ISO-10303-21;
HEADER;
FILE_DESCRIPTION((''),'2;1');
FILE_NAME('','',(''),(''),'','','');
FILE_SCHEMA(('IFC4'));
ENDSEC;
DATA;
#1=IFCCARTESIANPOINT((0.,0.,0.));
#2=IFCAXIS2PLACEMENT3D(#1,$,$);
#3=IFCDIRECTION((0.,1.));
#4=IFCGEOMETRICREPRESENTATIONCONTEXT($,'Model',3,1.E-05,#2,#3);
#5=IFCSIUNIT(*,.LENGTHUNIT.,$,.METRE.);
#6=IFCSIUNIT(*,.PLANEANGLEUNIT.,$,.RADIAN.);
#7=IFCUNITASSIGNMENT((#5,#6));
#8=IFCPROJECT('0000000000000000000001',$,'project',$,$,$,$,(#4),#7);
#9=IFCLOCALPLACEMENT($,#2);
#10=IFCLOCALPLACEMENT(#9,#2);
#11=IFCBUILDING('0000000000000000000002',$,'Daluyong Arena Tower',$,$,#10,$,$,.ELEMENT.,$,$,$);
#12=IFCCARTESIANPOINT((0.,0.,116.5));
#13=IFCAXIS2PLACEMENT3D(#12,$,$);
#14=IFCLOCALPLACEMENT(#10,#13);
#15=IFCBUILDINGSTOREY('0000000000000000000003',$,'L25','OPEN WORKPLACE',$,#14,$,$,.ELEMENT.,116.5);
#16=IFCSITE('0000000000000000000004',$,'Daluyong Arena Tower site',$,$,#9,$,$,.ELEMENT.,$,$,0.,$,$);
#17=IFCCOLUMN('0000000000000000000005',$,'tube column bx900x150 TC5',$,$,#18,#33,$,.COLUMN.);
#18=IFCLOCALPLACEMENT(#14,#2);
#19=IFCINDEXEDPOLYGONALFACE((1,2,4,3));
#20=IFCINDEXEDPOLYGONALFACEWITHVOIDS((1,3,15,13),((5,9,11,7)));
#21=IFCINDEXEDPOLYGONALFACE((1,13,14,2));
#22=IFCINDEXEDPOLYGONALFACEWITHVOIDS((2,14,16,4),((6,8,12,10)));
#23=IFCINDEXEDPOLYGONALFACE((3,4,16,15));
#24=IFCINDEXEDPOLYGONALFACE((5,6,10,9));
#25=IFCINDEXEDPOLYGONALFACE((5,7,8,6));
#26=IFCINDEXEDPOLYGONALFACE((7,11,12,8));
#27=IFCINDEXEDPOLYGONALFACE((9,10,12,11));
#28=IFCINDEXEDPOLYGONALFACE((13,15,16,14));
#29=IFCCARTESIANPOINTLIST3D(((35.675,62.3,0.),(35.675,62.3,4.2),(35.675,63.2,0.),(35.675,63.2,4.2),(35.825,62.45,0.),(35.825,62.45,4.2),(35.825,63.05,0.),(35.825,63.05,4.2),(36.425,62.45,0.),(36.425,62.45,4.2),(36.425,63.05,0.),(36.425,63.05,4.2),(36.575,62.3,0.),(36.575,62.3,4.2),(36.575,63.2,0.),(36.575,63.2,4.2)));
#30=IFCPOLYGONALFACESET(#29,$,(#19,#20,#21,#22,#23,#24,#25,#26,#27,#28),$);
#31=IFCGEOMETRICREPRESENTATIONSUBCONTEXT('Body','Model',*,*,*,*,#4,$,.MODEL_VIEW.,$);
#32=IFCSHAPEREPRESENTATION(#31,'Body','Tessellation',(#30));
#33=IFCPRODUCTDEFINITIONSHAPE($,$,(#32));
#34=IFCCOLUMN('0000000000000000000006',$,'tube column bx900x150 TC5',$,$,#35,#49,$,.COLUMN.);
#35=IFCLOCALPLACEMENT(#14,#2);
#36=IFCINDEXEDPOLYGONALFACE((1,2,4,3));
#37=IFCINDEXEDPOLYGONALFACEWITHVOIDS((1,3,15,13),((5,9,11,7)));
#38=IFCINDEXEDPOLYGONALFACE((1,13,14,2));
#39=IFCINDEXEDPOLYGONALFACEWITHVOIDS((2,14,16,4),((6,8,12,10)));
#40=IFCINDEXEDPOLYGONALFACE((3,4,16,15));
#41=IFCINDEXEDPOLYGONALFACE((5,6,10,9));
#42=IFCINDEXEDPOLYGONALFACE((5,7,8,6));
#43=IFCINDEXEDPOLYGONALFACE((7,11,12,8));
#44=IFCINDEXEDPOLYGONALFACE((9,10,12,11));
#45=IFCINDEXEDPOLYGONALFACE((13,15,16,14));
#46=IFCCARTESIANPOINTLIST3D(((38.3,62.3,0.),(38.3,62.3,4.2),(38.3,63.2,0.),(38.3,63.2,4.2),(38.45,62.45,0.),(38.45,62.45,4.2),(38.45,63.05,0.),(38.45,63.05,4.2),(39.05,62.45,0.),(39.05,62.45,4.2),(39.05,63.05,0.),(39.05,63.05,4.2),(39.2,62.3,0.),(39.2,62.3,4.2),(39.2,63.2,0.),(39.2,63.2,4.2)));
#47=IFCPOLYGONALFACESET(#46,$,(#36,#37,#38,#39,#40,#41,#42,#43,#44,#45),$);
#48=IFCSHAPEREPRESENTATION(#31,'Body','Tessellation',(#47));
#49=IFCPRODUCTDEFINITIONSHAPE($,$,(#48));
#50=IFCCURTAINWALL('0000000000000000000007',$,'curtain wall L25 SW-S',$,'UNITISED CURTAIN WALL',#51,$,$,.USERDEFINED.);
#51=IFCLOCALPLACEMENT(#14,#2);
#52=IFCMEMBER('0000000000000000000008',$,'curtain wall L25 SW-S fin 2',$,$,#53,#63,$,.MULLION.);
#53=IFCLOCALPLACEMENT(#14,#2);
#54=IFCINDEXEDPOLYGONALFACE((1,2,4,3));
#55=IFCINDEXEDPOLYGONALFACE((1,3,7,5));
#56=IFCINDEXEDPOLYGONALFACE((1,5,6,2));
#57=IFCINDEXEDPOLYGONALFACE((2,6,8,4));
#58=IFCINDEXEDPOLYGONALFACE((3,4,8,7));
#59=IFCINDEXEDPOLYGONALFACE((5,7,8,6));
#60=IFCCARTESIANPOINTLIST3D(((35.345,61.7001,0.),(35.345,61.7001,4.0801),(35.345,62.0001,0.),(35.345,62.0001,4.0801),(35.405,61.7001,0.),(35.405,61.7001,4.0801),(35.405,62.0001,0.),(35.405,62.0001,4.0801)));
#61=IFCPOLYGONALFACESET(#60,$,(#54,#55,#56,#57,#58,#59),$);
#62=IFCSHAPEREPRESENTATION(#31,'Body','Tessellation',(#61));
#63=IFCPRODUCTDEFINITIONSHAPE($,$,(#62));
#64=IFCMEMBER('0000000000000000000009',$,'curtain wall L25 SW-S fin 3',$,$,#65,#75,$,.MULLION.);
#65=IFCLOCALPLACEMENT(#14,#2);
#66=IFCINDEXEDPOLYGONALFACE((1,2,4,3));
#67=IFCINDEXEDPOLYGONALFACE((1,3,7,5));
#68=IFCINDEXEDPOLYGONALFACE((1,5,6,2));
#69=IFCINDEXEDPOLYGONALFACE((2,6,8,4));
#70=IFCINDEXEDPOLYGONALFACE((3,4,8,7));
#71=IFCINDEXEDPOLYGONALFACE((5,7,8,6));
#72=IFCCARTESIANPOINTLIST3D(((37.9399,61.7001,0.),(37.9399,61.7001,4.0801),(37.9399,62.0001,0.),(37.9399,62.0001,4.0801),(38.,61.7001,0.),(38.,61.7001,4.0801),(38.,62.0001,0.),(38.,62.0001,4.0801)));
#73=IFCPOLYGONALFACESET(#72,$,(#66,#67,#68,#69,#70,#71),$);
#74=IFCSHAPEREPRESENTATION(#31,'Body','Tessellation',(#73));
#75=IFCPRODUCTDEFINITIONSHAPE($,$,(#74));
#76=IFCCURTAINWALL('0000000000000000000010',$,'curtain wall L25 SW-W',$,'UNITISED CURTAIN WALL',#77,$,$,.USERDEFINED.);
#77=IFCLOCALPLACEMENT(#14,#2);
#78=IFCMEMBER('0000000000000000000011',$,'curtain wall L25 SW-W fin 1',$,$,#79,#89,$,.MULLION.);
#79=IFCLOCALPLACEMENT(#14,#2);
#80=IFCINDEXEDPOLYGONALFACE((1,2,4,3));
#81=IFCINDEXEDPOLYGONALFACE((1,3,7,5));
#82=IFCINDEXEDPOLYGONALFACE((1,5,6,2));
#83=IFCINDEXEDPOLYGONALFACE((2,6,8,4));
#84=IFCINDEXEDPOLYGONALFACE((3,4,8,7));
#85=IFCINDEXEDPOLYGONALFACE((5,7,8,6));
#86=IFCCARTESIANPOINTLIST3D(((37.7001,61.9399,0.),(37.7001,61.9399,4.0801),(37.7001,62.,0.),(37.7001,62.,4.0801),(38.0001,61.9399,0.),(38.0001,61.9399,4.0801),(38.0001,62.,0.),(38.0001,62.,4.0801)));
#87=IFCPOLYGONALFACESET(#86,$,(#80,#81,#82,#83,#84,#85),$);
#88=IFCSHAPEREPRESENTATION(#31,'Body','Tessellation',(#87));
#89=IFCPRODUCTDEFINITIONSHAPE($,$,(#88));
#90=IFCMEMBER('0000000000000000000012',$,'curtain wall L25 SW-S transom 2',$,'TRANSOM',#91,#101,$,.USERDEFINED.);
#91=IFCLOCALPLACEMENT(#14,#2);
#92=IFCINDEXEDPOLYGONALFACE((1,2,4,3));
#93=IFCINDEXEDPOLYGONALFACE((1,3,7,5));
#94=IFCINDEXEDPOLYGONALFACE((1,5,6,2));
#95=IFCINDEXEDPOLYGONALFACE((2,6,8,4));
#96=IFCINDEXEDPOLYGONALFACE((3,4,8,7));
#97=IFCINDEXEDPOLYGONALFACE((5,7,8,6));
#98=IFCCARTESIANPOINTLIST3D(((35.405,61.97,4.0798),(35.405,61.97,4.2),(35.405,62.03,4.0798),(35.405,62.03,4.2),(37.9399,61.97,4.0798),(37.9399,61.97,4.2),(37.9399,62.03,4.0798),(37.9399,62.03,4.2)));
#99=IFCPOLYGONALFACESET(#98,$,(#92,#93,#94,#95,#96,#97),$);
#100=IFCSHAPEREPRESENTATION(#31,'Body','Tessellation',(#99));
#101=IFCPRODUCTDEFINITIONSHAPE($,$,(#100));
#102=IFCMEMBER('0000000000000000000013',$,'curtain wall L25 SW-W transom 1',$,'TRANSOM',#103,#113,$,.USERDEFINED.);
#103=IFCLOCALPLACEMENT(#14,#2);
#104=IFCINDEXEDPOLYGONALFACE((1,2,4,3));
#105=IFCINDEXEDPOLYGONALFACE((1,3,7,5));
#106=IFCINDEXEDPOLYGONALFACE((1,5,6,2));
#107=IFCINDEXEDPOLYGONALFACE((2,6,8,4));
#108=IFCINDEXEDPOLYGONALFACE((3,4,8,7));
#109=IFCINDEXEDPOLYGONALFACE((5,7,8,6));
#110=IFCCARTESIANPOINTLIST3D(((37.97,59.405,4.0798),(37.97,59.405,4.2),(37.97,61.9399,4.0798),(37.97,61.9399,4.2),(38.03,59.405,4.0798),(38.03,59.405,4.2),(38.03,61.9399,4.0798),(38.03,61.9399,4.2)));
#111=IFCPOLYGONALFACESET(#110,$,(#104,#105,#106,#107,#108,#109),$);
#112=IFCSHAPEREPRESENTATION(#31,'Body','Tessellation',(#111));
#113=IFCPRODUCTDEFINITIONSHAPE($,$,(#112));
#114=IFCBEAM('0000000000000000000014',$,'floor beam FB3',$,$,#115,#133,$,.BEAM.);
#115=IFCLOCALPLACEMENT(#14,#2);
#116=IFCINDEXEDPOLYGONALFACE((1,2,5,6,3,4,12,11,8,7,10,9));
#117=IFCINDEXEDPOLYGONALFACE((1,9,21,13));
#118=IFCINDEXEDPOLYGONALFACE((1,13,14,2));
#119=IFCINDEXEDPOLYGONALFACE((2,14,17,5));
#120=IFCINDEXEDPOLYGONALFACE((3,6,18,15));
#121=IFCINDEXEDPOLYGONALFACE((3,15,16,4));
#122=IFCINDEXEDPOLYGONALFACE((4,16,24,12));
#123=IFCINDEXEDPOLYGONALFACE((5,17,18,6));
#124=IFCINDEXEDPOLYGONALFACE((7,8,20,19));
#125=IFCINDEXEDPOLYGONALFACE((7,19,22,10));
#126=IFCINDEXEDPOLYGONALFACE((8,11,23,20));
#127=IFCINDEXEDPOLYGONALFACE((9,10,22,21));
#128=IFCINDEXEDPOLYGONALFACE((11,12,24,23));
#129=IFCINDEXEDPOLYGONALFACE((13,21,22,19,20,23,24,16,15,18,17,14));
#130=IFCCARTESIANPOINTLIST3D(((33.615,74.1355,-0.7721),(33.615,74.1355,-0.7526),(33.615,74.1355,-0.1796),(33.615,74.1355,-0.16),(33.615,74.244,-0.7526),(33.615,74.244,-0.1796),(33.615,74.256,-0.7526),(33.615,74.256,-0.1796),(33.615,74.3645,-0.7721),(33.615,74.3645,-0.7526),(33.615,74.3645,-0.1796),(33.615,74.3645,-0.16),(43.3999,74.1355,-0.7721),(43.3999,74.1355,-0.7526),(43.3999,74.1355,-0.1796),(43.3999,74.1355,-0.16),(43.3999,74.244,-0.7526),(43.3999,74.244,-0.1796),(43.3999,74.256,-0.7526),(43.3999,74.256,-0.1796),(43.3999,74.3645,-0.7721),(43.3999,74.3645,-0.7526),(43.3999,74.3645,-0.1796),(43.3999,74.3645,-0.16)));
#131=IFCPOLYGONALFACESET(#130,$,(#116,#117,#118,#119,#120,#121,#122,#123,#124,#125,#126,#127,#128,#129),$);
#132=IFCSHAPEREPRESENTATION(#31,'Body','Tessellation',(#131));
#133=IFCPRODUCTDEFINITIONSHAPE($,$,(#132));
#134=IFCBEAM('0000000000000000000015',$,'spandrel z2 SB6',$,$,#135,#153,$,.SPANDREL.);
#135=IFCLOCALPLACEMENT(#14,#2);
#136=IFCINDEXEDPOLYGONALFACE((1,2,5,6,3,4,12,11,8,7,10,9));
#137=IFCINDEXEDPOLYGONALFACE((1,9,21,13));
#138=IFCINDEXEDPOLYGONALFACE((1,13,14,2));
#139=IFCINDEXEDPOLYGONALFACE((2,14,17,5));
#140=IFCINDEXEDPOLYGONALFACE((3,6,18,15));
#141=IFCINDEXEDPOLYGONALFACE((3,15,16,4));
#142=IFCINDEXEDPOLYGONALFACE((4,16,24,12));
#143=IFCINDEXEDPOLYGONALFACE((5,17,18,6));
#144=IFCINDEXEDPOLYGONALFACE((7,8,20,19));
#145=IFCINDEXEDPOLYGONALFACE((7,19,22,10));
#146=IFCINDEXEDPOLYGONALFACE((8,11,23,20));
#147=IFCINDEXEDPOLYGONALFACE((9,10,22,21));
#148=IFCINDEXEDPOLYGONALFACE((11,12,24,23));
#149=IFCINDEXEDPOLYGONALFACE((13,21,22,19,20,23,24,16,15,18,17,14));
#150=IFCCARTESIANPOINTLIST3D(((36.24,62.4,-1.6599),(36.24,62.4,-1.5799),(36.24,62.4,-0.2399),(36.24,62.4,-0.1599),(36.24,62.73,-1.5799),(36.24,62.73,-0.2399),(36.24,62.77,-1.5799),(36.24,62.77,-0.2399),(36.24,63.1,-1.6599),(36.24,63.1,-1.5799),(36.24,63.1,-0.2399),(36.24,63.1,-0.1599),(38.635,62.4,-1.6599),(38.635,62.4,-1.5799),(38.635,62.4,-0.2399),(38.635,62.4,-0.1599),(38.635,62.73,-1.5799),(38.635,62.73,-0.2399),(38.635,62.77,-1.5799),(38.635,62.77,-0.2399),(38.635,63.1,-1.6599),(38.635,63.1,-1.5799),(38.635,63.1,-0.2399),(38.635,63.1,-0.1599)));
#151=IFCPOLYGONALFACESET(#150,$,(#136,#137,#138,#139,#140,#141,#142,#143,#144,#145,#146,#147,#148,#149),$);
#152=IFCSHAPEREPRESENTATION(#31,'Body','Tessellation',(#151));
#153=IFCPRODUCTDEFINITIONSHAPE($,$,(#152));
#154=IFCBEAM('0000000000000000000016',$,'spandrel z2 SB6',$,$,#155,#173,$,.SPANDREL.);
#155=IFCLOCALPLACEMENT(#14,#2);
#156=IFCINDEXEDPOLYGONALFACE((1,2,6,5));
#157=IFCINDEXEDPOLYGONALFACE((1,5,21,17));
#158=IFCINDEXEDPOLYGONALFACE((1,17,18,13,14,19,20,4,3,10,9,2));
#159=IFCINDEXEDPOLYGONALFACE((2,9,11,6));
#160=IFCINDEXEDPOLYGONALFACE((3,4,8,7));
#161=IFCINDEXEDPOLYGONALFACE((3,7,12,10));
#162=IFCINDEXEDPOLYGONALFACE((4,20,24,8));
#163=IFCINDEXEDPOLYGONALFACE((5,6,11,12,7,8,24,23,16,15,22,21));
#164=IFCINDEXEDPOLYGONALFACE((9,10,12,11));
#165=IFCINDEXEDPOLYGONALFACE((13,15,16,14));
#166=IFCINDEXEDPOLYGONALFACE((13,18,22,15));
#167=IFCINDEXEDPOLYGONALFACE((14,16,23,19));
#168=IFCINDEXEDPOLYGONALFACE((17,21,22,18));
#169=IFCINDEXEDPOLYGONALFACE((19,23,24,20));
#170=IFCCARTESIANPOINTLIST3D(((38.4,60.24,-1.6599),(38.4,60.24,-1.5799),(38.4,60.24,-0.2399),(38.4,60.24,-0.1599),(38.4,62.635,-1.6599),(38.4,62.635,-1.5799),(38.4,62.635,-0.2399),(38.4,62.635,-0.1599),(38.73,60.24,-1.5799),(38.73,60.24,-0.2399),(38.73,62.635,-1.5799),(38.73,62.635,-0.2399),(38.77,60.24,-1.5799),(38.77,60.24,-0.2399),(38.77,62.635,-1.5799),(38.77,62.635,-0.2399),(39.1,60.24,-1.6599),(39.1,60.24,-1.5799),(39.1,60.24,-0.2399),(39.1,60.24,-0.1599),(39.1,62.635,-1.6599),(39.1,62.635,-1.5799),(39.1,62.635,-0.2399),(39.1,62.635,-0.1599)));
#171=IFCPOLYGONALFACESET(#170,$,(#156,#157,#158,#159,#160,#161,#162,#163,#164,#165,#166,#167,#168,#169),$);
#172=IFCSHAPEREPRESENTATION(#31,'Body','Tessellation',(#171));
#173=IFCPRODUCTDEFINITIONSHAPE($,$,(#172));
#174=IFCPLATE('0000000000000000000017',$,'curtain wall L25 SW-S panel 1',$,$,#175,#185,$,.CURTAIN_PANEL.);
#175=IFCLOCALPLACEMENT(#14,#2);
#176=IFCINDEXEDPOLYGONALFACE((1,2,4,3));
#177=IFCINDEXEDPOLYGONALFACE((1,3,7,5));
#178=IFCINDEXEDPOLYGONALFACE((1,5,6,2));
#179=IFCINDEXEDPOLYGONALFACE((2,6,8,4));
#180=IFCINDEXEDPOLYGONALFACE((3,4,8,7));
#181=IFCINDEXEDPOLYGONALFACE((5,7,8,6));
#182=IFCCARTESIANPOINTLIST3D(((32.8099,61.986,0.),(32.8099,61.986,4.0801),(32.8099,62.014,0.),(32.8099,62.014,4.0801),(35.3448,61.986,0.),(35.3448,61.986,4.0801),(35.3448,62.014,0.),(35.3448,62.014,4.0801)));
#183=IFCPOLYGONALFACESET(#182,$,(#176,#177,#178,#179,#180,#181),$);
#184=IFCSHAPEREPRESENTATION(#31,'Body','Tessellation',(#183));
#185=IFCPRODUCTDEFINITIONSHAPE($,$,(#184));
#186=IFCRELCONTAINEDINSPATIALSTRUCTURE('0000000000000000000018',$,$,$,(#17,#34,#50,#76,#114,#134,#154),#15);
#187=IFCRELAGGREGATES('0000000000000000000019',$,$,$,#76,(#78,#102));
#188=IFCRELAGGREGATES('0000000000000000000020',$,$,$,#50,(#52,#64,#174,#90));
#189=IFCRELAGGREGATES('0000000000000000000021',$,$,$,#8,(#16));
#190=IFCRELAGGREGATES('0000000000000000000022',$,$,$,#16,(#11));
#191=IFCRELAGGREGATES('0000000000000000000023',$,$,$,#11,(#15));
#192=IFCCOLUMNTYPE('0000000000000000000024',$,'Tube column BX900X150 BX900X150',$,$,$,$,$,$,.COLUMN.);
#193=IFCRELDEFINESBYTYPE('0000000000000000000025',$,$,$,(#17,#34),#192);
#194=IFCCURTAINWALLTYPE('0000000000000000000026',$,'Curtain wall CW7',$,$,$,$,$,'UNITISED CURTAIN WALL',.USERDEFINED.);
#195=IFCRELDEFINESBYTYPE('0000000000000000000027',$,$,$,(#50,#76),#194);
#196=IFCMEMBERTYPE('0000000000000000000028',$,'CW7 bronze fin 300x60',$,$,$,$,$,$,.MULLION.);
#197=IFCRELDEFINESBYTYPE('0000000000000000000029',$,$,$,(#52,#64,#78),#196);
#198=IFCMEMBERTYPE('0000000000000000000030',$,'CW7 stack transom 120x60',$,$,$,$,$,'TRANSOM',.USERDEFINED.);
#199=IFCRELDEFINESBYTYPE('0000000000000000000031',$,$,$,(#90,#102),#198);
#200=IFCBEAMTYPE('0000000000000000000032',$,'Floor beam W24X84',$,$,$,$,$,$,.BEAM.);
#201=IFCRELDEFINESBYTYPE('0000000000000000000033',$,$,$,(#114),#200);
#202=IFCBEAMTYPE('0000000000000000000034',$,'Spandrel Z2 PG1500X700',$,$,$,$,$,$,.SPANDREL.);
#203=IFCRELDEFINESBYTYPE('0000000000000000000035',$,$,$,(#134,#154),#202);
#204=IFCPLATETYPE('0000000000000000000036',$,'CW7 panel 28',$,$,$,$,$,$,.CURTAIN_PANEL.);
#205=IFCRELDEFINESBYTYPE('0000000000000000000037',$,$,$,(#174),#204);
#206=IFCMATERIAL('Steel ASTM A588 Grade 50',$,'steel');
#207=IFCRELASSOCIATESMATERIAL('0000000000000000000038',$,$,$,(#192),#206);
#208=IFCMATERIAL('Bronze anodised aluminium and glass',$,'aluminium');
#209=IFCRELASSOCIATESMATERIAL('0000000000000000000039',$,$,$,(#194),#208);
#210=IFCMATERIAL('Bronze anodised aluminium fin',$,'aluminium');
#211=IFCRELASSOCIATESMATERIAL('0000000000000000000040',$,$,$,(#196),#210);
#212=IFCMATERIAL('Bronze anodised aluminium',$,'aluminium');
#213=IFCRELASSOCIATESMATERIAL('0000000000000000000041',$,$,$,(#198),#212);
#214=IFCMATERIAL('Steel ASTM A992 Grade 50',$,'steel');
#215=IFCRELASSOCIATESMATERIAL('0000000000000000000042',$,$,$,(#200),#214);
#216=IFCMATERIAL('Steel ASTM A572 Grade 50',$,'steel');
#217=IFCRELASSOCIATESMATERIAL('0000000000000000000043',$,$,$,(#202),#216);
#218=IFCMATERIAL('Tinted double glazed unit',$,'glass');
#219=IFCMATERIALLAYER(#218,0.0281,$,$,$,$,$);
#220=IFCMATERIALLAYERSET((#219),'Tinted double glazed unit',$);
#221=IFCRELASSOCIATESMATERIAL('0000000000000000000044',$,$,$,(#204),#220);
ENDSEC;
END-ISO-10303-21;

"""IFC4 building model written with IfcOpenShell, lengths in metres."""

from ifc_helpers import new_model, si_unit, direction, frame, origin, origin_2d, place, context, subcontext, project, spatial, rectangle, hollow_rectangle, i_section, extrude, material, layer, layer_set, material_profile, profile_set, type_object, element, aggregate, save


model = new_model("IFC4")

# Units and contexts
model_context = context("Model", 3, precision=1e-05, world=origin(), true_north=direction((0.0, 1.0)))
body_context = subcontext(model_context, "Body", "Model", "MODEL_VIEW")
ifc_project = project(units=[si_unit("LENGTHUNIT", "METRE"), si_unit("PLANEANGLEUNIT", "RADIAN")], contexts=[model_context])

# Site, building, storey
site_placement = place(None, origin())
site = spatial("IfcSite", under=ifc_project, at=site_placement, Name="Daluyong Arena Tower site", CompositionType="ELEMENT", RefElevation=0.0)
building_placement = place(site_placement, origin())
building = spatial("IfcBuilding", under=site, at=building_placement, Name="Daluyong Arena Tower", CompositionType="ELEMENT")
storey_placement = place(building_placement, frame((0.0, 0.0, 116.5)))
storey = spatial("IfcBuildingStorey", under=building, at=storey_placement, Name="L25", Description="OPEN WORKPLACE", CompositionType="ELEMENT", Elevation=116.5)

# Columns
ifc_material_1 = material(Name="Steel ASTM A588 Grade 50", Category="steel")
ifc_material_profile_1 = material_profile(ifc_material_1, hollow_rectangle(XDim=0.8999, YDim=0.8999, WallThickness=0.15, at=origin_2d()))
ifc_profile_set_1 = profile_set([ifc_material_profile_1], Name="Steel ASTM A588 Grade 50")
column_type = type_object("IfcColumnType", Name="Tube column BX900X150 BX900X150", PredefinedType="COLUMN", material=ifc_profile_set_1)
for number, where, z_axis, x_axis, name in (
    (1, (36.125, 62.75, 0.0), (0.0, 0.0, 1.0), (1.0, 0.0, 0.0), "tube column bx900x150 TC5"),
    (2, (38.75, 62.75, 0.0), (0.0, 0.0, 1.0), (0.0, 1.0, 0.0), "tube column bx900x150 TC5"),
):
    element("IfcColumn", number, at=place(storey_placement, frame(where, z_axis=z_axis, x_axis=x_axis)), inside=storey, type_object=column_type, Name=name, PredefinedType="COLUMN", context=body_context, shape_type="SweptSolid", body=[
        extrude(hollow_rectangle(XDim=0.8999, YDim=0.8999, WallThickness=0.15, at=origin_2d()), origin(), (0.0, 0.0, 1.0), 4.2),
    ])

# Curtain wall, members
ifc_material_2 = material(Name="Bronze anodised aluminium and glass", Category="aluminium")
curtain_wall_type = type_object("IfcCurtainWallType", Name="Curtain wall CW7", ElementType="UNITISED CURTAIN WALL", PredefinedType="USERDEFINED", material=ifc_material_2)
curtain_wall_1_placement = place(storey_placement, origin())
curtain_wall_1 = element("IfcCurtainWall", 3, at=curtain_wall_1_placement, inside=storey, type_object=curtain_wall_type, Name="curtain wall L25 SW-S", ObjectType="UNITISED CURTAIN WALL", PredefinedType="USERDEFINED")
ifc_material_3 = material(Name="Bronze anodised aluminium fin", Category="aluminium")
ifc_material_profile_2 = material_profile(ifc_material_3, rectangle(XDim=0.3, YDim=0.0601, at=origin_2d()))
ifc_profile_set_2 = profile_set([ifc_material_profile_2], Name="Bronze anodised aluminium fin")
member_type_1 = type_object("IfcMemberType", Name="CW7 bronze fin 300x60", PredefinedType="MULLION", material=ifc_profile_set_2)
member_1_placement = place(storey_placement, frame((35.375, 61.8501, 0.0), z_axis=(0.0, 0.0, 1.0), x_axis=(0.0, 1.0, 0.0)))
member_1 = element("IfcMember", 4, at=member_1_placement, type_object=member_type_1, Name="curtain wall L25 SW-S fin 2", PredefinedType="MULLION", context=body_context, shape_type="SweptSolid", body=[
    extrude(rectangle(XDim=0.3, YDim=0.0601, at=origin_2d()), origin(), (0.0, 0.0, 1.0), 4.0801),
])
member_2_placement = place(storey_placement, frame((37.97, 61.8501, 0.0), z_axis=(0.0, 0.0, 1.0), x_axis=(0.0, 1.0, 0.0)))
member_2 = element("IfcMember", 5, at=member_2_placement, type_object=member_type_1, Name="curtain wall L25 SW-S fin 3", PredefinedType="MULLION", context=body_context, shape_type="SweptSolid", body=[
    extrude(rectangle(XDim=0.3, YDim=0.0601, at=origin_2d()), origin(), (0.0, 0.0, 1.0), 4.0801),
])

# Curtain wall, member
curtain_wall_2_placement = place(storey_placement, origin())
curtain_wall_2 = element("IfcCurtainWall", 6, at=curtain_wall_2_placement, inside=storey, type_object=curtain_wall_type, Name="curtain wall L25 SW-W", ObjectType="UNITISED CURTAIN WALL", PredefinedType="USERDEFINED")
member_3_placement = place(storey_placement, frame((37.8501, 61.97, 0.0), z_axis=(0.0, 0.0, 1.0), x_axis=(1.0, 0.0, 0.0)))
member_3 = element("IfcMember", 7, at=member_3_placement, type_object=member_type_1, Name="curtain wall L25 SW-W fin 1", PredefinedType="MULLION", context=body_context, shape_type="SweptSolid", body=[
    extrude(rectangle(XDim=0.3, YDim=0.0601, at=origin_2d()), origin(), (0.0, 0.0, 1.0), 4.0801),
])

# Members
ifc_material_4 = material(Name="Bronze anodised aluminium", Category="aluminium")
ifc_material_profile_3 = material_profile(ifc_material_4, rectangle(XDim=0.0601, YDim=0.1201, at=origin_2d()))
ifc_profile_set_3 = profile_set([ifc_material_profile_3], Name="Bronze anodised aluminium")
member_type_2 = type_object("IfcMemberType", Name="CW7 stack transom 120x60", ElementType="TRANSOM", PredefinedType="USERDEFINED", material=ifc_profile_set_3)
member_4_placement = place(storey_placement, frame((35.405, 62.0, 4.1399), z_axis=(1.0, 0.0, 0.0), x_axis=(0.0, 1.0, 0.0)))
member_4 = element("IfcMember", 8, at=member_4_placement, type_object=member_type_2, Name="curtain wall L25 SW-S transom 2", ObjectType="TRANSOM", PredefinedType="USERDEFINED", context=body_context, shape_type="SweptSolid", body=[
    extrude(rectangle(XDim=0.0601, YDim=0.1201, at=origin_2d()), origin(), (0.0, 0.0, 1.0), 2.5349),
])
member_5_placement = place(storey_placement, frame((38.0, 61.9399, 4.1399), z_axis=(0.0, -1.0, 0.0), x_axis=(1.0, 0.0, 0.0)))
member_5 = element("IfcMember", 9, at=member_5_placement, type_object=member_type_2, Name="curtain wall L25 SW-W transom 1", ObjectType="TRANSOM", PredefinedType="USERDEFINED", context=body_context, shape_type="SweptSolid", body=[
    extrude(rectangle(XDim=0.0601, YDim=0.1201, at=origin_2d()), origin(), (0.0, 0.0, 1.0), 2.5349),
])
aggregate(curtain_wall_2, [member_3, member_5])

# Beams
ifc_material_5 = material(Name="Steel ASTM A992 Grade 50", Category="steel")
ifc_material_profile_4 = material_profile(ifc_material_5, i_section(OverallWidth=0.229, OverallDepth=0.6121, WebThickness=0.012, FlangeThickness=0.0195, at=origin_2d()))
ifc_profile_set_4 = profile_set([ifc_material_profile_4], Name="Steel ASTM A992 Grade 50")
beam_type_1 = type_object("IfcBeamType", Name="Floor beam W24X84", PredefinedType="BEAM", material=ifc_profile_set_4)
beam_placement = place(storey_placement, frame((33.615, 74.25, -0.4661), z_axis=(1.0, 0.0, 0.0), x_axis=(0.0, 1.0, 0.0)))
element("IfcBeam", 10, at=beam_placement, inside=storey, type_object=beam_type_1, Name="floor beam FB3", PredefinedType="BEAM", context=body_context, shape_type="SweptSolid", body=[
    extrude(i_section(OverallWidth=0.229, OverallDepth=0.6121, WebThickness=0.012, FlangeThickness=0.0195, at=origin_2d()), origin(), (0.0, 0.0, 1.0), 9.7849),
])
ifc_material_6 = material(Name="Steel ASTM A572 Grade 50", Category="steel")
ifc_material_profile_5 = material_profile(ifc_material_6, i_section(OverallWidth=0.7, OverallDepth=1.5, WebThickness=0.04, FlangeThickness=0.08, at=origin_2d()))
ifc_profile_set_5 = profile_set([ifc_material_profile_5], Name="Steel ASTM A572 Grade 50")
beam_type_2 = type_object("IfcBeamType", Name="Spandrel Z2 PG1500X700", PredefinedType="SPANDREL", material=ifc_profile_set_5)
for number, where, z_axis, x_axis, name in (
    (11, (36.24, 62.75, -0.9099), (1.0, 0.0, 0.0), (0.0, 1.0, 0.0), "spandrel z2 SB6"),
    (12, (38.75, 62.635, -0.9099), (0.0, -1.0, 0.0), (1.0, 0.0, 0.0), "spandrel z2 SB6"),
):
    element("IfcBeam", number, at=place(storey_placement, frame(where, z_axis=z_axis, x_axis=x_axis)), inside=storey, type_object=beam_type_2, Name=name, PredefinedType="SPANDREL", context=body_context, shape_type="SweptSolid", body=[
        extrude(i_section(OverallWidth=0.7, OverallDepth=1.5, WebThickness=0.04, FlangeThickness=0.08, at=origin_2d()), origin(), (0.0, 0.0, 1.0), 2.395),
    ])

# Plate
ifc_material_7 = material(Name="Tinted double glazed unit", Category="glass")
ifc_layer_1 = layer(ifc_material_7, 0.0281)
ifc_layer_set_1 = layer_set([ifc_layer_1], Name="Tinted double glazed unit")
plate_type = type_object("IfcPlateType", Name="CW7 panel 28", PredefinedType="CURTAIN_PANEL", material=ifc_layer_set_1)
plate_1_placement = place(storey_placement, frame((34.0774, 62.0, 0.0), z_axis=(0.0, 0.0, 1.0), x_axis=(1.0, 0.0, 0.0)))
plate_1 = element("IfcPlate", 13, at=plate_1_placement, type_object=plate_type, Name="curtain wall L25 SW-S panel 1", PredefinedType="CURTAIN_PANEL", context=body_context, shape_type="SweptSolid", body=[
    extrude(rectangle(XDim=2.5349, YDim=0.0281, at=origin_2d()), origin(), (0.0, 0.0, 1.0), 4.0801),
])
aggregate(curtain_wall_1, [member_1, member_2, plate_1, member_4])

save(model, "model.ifc")
